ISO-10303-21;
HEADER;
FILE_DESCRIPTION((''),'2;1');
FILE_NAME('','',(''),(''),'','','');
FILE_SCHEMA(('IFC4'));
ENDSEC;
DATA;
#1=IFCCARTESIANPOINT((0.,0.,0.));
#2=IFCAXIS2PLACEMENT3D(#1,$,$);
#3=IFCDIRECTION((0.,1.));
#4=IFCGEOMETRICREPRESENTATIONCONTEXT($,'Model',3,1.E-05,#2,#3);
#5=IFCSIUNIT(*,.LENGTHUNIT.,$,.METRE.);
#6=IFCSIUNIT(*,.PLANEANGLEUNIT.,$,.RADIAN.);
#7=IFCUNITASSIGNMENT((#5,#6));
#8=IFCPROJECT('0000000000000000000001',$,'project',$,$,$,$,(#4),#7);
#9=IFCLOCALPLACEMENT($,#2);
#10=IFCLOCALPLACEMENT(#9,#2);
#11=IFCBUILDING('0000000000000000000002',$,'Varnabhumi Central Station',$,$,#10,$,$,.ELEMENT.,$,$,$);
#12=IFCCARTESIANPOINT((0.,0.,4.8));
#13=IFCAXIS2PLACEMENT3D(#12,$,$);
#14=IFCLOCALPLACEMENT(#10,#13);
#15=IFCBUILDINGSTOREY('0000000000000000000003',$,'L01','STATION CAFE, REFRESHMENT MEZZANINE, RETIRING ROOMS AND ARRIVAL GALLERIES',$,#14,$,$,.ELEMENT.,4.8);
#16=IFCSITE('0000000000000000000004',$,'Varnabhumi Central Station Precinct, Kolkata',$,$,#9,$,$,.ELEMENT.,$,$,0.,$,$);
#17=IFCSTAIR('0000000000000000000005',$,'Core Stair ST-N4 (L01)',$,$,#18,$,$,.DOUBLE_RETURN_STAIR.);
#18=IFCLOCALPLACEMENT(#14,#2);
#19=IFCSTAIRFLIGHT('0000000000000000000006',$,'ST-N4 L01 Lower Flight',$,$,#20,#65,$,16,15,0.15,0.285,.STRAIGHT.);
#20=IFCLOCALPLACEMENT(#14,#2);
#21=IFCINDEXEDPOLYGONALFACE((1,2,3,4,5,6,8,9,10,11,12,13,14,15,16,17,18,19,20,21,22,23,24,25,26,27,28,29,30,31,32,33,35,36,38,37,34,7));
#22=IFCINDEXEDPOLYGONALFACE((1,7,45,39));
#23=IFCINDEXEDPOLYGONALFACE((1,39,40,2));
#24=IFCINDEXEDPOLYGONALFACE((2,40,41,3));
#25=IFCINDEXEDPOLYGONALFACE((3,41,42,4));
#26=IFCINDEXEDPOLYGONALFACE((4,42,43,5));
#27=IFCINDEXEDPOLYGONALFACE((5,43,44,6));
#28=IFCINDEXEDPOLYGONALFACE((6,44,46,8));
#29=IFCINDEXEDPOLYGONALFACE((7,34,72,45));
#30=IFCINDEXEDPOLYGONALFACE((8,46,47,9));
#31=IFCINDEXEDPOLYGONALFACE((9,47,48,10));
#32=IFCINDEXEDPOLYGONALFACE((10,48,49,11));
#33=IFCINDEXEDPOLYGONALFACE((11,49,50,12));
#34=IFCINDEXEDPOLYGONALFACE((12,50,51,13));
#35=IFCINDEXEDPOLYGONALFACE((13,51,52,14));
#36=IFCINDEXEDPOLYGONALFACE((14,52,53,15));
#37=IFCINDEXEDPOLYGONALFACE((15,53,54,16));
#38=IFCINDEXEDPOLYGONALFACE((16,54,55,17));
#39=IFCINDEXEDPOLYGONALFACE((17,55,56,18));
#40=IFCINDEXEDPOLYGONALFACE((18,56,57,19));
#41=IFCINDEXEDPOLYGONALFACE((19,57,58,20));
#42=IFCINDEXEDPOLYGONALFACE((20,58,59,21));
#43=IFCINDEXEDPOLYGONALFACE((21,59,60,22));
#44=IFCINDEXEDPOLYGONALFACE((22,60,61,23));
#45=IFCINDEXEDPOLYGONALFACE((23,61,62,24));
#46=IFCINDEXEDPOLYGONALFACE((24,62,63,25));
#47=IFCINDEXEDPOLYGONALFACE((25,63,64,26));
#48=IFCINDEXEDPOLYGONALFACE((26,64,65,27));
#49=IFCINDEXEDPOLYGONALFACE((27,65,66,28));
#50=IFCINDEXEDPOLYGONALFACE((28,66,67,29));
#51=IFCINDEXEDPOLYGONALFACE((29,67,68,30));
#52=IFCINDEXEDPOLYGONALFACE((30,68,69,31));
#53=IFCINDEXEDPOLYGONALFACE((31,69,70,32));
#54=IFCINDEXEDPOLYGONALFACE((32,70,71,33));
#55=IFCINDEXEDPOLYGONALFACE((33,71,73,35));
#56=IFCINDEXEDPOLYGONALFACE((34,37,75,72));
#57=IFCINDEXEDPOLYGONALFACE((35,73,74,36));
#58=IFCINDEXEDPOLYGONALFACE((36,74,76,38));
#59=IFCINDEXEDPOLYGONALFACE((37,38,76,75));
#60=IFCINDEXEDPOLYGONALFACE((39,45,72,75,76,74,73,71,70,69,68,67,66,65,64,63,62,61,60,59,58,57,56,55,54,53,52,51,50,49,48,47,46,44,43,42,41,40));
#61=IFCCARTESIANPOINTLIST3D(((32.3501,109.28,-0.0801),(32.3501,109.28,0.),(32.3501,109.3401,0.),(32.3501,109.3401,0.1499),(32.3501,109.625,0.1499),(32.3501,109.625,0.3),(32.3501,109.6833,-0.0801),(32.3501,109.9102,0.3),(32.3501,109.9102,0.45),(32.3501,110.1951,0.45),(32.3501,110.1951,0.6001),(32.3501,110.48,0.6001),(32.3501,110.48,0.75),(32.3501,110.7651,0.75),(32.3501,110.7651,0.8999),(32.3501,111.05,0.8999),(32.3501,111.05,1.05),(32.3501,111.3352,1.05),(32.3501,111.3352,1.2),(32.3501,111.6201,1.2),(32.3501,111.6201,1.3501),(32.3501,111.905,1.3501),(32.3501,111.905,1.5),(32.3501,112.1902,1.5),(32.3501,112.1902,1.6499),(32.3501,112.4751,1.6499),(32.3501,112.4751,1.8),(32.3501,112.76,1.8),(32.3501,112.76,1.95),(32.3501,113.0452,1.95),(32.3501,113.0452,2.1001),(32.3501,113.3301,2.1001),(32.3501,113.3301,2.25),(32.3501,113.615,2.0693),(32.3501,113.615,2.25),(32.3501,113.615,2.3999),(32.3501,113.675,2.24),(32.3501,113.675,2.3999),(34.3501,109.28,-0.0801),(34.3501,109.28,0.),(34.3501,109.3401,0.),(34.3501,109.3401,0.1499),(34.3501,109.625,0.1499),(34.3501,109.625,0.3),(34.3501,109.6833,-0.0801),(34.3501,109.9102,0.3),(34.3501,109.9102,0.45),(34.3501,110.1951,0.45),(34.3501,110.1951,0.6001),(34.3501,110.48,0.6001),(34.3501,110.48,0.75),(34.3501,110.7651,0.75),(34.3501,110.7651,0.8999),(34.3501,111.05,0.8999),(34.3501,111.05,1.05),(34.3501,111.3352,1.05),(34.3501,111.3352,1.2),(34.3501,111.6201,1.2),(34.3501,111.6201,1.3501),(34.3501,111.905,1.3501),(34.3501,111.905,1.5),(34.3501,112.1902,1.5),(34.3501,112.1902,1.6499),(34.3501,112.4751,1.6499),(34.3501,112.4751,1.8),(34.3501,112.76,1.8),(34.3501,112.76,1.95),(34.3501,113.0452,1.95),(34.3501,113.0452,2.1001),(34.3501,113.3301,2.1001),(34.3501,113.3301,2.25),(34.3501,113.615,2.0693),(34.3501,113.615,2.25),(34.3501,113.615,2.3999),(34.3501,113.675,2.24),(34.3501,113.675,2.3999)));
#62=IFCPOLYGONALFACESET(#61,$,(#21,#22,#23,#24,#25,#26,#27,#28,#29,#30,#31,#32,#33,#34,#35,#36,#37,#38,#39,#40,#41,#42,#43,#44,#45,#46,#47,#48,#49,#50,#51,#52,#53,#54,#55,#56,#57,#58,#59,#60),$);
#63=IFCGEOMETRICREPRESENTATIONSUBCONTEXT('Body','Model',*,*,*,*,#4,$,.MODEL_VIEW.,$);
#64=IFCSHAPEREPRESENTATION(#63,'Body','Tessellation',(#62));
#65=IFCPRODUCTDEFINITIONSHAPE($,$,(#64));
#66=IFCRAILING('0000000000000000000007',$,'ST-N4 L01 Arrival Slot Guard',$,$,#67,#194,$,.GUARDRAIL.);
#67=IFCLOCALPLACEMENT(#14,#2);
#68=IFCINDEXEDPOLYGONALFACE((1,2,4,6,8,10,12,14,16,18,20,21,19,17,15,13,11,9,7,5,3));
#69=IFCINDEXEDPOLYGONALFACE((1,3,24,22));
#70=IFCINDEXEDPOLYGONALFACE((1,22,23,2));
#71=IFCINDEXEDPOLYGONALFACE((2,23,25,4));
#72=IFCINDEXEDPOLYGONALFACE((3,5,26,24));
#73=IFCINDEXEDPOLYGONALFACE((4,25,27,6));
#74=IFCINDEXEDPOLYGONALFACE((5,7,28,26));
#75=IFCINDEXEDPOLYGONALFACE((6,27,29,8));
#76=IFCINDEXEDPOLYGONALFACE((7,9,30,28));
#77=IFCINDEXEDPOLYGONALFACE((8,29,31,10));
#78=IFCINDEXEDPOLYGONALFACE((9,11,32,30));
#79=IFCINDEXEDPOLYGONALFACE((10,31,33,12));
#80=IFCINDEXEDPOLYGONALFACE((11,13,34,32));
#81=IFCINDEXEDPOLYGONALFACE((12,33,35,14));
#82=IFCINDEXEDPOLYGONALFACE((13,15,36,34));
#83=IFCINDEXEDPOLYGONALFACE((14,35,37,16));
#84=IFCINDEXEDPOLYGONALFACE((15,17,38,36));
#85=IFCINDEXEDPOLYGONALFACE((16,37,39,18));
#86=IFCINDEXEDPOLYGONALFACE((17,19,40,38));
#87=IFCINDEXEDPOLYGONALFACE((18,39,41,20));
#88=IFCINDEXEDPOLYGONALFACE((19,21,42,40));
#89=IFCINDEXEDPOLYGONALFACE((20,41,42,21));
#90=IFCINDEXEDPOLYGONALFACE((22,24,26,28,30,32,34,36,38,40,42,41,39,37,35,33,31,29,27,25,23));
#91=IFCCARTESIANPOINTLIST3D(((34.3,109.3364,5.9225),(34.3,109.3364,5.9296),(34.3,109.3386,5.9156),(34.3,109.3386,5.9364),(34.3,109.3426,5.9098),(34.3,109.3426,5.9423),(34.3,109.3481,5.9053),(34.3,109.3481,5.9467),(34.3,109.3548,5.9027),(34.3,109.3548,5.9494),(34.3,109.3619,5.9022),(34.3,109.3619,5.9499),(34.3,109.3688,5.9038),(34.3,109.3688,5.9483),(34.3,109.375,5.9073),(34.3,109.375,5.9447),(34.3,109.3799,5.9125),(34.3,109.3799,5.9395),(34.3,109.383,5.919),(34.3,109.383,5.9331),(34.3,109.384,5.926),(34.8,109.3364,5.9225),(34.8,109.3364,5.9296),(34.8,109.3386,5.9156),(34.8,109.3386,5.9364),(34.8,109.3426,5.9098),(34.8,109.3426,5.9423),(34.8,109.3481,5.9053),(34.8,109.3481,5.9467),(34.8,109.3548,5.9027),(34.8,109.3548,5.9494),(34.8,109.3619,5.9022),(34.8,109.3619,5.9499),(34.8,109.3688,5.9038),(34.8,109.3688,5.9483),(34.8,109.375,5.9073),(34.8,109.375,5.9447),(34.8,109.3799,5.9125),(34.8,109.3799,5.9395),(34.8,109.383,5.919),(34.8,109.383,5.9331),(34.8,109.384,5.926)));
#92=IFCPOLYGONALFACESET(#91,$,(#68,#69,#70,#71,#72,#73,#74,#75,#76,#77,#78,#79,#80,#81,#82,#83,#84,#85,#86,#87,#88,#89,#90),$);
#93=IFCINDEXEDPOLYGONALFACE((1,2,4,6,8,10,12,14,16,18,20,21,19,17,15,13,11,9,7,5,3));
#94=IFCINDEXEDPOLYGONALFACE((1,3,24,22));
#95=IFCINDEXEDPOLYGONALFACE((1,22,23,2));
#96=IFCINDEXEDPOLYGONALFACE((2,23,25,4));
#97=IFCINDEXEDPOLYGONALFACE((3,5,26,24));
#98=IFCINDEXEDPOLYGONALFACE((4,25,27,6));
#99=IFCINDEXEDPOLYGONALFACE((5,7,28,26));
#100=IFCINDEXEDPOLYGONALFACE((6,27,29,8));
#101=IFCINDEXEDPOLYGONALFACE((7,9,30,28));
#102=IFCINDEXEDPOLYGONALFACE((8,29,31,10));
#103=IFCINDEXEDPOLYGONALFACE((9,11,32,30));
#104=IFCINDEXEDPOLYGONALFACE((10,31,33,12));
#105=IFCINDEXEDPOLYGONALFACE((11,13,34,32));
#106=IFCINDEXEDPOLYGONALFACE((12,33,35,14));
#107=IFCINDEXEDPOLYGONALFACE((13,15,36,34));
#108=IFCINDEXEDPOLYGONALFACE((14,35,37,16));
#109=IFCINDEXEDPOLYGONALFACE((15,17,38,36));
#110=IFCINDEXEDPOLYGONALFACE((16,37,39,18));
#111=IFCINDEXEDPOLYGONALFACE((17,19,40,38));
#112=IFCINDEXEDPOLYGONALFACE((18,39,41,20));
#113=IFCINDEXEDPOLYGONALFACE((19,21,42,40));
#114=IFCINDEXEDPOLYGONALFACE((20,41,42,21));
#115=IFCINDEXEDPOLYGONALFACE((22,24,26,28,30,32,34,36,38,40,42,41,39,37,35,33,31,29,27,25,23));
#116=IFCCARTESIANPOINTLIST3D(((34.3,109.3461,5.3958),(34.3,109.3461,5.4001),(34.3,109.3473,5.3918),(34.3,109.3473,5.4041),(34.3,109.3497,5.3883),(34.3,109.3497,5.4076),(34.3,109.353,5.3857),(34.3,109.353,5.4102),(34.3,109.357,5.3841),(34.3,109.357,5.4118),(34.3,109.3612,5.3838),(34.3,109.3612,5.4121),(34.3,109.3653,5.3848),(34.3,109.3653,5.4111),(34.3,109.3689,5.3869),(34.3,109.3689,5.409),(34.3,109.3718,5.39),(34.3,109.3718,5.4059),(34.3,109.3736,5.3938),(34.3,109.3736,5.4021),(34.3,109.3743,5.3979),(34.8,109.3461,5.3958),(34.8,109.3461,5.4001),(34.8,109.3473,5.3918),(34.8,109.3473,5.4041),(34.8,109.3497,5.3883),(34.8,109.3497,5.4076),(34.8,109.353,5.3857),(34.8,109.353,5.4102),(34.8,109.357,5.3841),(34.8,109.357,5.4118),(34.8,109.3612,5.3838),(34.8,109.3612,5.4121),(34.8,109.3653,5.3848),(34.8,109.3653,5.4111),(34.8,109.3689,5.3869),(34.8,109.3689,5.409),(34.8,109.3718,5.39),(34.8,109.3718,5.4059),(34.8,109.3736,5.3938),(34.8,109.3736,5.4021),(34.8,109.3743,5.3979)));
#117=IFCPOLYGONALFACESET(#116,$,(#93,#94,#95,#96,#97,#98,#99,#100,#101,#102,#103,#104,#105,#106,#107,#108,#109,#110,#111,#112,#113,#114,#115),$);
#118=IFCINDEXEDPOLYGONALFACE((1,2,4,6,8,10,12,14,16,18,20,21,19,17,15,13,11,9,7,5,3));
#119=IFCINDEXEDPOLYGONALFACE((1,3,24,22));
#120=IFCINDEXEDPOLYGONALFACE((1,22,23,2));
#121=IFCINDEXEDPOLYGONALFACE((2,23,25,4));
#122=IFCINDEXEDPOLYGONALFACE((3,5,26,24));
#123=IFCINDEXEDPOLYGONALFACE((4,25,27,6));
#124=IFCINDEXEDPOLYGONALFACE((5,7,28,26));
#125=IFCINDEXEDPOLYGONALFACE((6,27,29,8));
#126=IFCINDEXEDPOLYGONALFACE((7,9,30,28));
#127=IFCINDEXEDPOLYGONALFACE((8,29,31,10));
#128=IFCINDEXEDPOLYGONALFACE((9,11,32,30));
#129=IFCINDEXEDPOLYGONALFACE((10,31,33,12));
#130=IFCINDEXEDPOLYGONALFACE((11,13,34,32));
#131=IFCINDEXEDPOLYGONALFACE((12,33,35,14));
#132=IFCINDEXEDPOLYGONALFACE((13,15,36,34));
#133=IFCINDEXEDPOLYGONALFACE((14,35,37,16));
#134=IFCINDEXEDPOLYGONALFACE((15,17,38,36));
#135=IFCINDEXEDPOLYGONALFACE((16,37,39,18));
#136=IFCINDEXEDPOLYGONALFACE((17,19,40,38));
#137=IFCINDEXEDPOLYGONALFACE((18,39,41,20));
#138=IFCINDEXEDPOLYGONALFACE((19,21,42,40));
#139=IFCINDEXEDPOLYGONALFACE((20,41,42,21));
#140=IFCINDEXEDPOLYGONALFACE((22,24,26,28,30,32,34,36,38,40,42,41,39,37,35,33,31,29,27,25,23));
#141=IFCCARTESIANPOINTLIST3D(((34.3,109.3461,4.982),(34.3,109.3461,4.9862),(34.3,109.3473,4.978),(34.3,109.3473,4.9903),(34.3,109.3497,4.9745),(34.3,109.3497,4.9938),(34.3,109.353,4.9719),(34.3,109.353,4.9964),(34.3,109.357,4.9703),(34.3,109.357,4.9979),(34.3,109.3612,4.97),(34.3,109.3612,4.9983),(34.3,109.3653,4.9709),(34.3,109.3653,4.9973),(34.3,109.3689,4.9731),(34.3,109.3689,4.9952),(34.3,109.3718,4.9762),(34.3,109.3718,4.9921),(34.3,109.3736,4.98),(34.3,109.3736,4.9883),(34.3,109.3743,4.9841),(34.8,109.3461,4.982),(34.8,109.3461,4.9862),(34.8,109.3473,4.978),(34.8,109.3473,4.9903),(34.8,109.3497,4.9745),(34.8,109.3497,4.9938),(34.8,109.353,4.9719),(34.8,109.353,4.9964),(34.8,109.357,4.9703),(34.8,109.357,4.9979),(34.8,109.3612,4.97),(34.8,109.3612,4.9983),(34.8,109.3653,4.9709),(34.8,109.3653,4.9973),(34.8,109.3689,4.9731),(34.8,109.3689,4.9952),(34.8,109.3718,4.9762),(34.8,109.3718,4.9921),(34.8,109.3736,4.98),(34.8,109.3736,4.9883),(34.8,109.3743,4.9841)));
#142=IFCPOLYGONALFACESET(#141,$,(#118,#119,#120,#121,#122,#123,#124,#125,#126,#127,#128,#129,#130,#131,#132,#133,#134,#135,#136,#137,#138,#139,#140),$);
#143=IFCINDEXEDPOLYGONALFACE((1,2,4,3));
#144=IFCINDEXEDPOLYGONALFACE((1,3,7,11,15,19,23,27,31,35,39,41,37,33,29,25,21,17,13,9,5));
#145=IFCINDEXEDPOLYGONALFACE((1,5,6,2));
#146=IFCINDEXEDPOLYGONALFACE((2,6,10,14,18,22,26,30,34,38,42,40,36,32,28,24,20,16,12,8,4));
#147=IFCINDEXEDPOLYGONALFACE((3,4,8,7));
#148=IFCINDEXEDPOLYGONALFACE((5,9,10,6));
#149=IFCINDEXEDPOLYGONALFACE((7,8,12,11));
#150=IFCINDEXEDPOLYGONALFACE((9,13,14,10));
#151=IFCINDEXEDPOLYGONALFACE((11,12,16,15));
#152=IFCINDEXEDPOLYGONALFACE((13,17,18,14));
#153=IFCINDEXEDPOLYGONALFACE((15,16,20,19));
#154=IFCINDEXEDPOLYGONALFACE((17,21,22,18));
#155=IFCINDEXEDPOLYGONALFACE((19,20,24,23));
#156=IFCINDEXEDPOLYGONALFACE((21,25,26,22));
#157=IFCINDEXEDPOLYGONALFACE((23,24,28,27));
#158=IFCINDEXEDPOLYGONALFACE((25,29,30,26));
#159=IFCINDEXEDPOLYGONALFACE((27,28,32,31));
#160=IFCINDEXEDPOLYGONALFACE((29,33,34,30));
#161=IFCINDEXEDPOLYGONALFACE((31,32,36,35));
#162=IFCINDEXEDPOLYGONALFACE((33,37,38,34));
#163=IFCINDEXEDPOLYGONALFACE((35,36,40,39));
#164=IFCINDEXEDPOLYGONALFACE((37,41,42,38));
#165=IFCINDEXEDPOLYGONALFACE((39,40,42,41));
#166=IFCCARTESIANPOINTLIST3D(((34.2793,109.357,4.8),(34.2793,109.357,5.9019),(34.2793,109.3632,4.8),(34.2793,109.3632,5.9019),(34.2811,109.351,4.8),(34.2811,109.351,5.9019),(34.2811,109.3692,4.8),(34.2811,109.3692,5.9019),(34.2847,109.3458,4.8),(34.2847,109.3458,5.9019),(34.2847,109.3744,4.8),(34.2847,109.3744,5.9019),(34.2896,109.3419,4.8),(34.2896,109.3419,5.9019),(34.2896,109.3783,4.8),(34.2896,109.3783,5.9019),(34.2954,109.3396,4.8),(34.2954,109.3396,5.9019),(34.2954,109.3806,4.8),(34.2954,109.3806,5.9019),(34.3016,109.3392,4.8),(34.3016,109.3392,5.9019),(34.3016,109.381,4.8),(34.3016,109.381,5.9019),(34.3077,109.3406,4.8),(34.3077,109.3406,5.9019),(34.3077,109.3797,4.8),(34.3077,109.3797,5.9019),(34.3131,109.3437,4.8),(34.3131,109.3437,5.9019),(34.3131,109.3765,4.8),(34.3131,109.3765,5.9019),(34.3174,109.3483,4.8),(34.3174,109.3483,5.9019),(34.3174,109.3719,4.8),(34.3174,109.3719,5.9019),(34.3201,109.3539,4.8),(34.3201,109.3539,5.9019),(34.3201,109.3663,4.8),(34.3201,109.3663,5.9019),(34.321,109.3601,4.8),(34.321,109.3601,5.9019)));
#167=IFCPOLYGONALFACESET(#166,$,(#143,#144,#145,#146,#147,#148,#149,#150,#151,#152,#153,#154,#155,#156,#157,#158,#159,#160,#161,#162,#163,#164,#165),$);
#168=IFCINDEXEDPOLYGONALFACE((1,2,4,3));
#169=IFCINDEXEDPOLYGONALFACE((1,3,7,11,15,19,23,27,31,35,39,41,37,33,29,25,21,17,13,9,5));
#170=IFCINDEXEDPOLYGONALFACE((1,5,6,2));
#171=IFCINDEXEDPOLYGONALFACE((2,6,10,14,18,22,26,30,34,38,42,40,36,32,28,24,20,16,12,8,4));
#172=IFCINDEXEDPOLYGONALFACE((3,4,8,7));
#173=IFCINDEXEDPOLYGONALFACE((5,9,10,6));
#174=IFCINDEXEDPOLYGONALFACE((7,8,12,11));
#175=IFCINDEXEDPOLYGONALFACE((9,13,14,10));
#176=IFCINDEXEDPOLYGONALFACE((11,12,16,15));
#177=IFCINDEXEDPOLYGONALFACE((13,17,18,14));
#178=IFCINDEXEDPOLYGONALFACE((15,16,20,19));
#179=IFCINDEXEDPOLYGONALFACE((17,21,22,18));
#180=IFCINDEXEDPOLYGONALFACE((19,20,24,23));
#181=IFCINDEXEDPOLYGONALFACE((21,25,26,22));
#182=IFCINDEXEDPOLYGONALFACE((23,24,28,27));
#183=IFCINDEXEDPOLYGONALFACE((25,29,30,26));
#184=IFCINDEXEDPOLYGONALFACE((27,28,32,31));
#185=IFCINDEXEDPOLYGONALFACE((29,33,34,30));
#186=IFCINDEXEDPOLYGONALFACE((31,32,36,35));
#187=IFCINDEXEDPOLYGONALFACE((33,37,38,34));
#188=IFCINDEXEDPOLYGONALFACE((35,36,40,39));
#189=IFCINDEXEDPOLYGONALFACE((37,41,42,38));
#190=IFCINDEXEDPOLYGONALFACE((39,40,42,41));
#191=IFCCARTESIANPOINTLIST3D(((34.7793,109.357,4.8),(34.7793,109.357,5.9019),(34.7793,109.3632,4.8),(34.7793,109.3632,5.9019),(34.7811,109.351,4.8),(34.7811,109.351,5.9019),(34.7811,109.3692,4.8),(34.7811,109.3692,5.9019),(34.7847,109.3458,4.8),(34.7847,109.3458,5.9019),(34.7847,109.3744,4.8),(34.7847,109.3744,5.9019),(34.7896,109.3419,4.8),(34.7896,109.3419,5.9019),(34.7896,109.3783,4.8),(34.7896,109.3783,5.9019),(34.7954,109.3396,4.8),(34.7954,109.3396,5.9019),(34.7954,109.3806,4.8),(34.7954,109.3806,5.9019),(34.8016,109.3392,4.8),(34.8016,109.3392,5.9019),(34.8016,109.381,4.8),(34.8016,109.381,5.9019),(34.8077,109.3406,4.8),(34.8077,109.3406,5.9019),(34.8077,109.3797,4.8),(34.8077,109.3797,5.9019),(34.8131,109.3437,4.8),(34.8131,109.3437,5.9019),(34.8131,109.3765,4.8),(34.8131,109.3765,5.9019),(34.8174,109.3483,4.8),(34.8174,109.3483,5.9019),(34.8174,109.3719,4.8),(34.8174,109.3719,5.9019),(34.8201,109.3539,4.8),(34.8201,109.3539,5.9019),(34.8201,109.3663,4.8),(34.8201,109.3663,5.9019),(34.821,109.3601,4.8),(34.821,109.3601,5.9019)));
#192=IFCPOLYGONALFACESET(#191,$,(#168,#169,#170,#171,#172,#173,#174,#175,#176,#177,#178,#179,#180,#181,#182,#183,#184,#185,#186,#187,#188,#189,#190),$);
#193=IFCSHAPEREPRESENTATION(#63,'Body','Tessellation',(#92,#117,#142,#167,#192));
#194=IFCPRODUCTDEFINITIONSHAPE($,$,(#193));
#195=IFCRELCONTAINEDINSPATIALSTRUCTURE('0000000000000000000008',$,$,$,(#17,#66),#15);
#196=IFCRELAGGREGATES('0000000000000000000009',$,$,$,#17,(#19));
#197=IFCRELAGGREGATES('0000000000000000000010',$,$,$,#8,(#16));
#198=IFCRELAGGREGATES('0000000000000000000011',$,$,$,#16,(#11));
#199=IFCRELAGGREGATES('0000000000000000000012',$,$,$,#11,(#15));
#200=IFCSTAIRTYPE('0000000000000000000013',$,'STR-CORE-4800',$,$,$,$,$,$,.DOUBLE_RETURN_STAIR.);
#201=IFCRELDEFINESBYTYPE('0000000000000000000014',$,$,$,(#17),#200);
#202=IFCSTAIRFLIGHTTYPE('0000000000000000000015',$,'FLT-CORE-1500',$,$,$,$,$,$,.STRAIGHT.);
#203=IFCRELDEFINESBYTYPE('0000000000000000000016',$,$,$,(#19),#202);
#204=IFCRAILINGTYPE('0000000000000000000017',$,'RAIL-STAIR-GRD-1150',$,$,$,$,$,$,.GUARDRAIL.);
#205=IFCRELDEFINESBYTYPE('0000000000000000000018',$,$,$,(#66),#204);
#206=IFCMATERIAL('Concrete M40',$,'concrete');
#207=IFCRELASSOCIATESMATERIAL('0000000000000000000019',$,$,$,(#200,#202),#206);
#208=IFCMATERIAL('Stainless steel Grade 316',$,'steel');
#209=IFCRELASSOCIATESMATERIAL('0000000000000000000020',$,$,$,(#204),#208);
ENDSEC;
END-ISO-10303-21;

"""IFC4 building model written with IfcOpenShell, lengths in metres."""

from ifc_helpers import new_model, si_unit, direction, frame, origin, origin_2d, place, context, subcontext, project, spatial, polyline, circle, outline, extrude, material, type_object, element, aggregate, save


model = new_model("IFC4")

# Units and contexts
model_context = context("Model", 3, precision=1e-05, world=origin(), true_north=direction((0.0, 1.0)))
body_context = subcontext(model_context, "Body", "Model", "MODEL_VIEW")
ifc_project = project(units=[si_unit("LENGTHUNIT", "METRE"), si_unit("PLANEANGLEUNIT", "RADIAN")], contexts=[model_context])

# Site, building, storey
site_placement = place(None, origin())
site = spatial("IfcSite", under=ifc_project, at=site_placement, Name="Varnabhumi Central Station Precinct, Kolkata", CompositionType="ELEMENT", RefElevation=0.0)
building_placement = place(site_placement, origin())
building = spatial("IfcBuilding", under=site, at=building_placement, Name="Varnabhumi Central Station", CompositionType="ELEMENT")
storey_placement = place(building_placement, frame((0.0, 0.0, 4.8)))
storey = spatial("IfcBuildingStorey", under=building, at=storey_placement, Name="L01", Description="STATION CAFE, REFRESHMENT MEZZANINE, RETIRING ROOMS AND ARRIVAL GALLERIES", CompositionType="ELEMENT", Elevation=4.8)

# Shared definitions
ifc_material_1 = material(Name="Concrete M40", Category="concrete")

# Shared definitions
ifc_material_2 = material(Name="Stainless steel Grade 316", Category="steel")

# Stair, stair flight
stair_type = type_object("IfcStairType", Name="STR-CORE-4800", PredefinedType="DOUBLE_RETURN_STAIR", material=ifc_material_1)
stair_placement = place(storey_placement, origin())
stair = element("IfcStair", 1, at=stair_placement, inside=storey, type_object=stair_type, Name="Core Stair ST-N4 (L01)", PredefinedType="DOUBLE_RETURN_STAIR")
stair_flight_type = type_object("IfcStairFlightType", Name="FLT-CORE-1500", PredefinedType="STRAIGHT", material=ifc_material_1)
stair_flight_placement = place(storey_placement, frame((33.3501, 109.3401, 0.0), z_axis=(0.0, 0.0, 1.0), x_axis=(0.0, 1.0, 0.0)))
stair_flight = element("IfcStairFlight", 2, at=stair_flight_placement, type_object=stair_flight_type, Name="ST-N4 L01 Lower Flight", NumberOfRisers=16, NumberOfTreads=15, PredefinedType="STRAIGHT", RiserHeight=0.15, TreadLength=0.285, context=body_context, shape_type="SweptSolid", body=[
    extrude(outline(polyline([(-0.0601, -0.0801), (-0.0601, 0.0), (0.0, 0.0), (0.0, 0.1499), (0.2849, 0.1499), (0.2849, 0.3), (0.5701, 0.3), (0.5701, 0.45), (0.855, 0.45), (0.855, 0.6001), (1.1399, 0.6001), (1.1399, 0.75), (1.425, 0.75), (1.425, 0.8999), (1.71, 0.8999), (1.71, 1.05), (1.9951, 1.05), (1.9951, 1.2), (2.28, 1.2), (2.28, 1.3501), (2.5649, 1.3501), (2.5649, 1.5), (2.8501, 1.5), (2.8501, 1.6499), (3.135, 1.6499), (3.135, 1.8), (3.4199, 1.8), (3.4199, 1.95), (3.7051, 1.95), (3.7051, 2.1001), (3.99, 2.1001), (3.99, 2.25), (4.2749, 2.25), (4.2749, 2.3999), (4.335, 2.3999), (4.335, 2.24), (4.2749, 2.0693), (0.3433, -0.0801), (-0.0601, -0.0801)])), frame((0.0, 1.0, 0.0), z_axis=(0.0, -1.0, 0.0), x_axis=(1.0, 0.0, 0.0)), (0.0, 0.0, 1.0), 2.0),
])
aggregate(stair, [stair_flight])

# Railing
railing_type_1 = type_object("IfcRailingType", Name="RAIL-STAIR-GRD-1150", PredefinedType="GUARDRAIL", material=ifc_material_2)
railing_1_placement = place(storey_placement, frame((34.3, 109.3601, 4.8)))
element("IfcRailing", 3, at=railing_1_placement, inside=storey, type_object=railing_type_1, Name="ST-N4 L01 Arrival Slot Guard", PredefinedType="GUARDRAIL", context=body_context, shape_type="SweptSolid", body=[
    extrude(circle(Radius=0.0239, at=origin_2d()), frame((0.0, 0.0, 1.126), z_axis=(1.0, 0.0, 0.0), x_axis=(0.0, 1.0, 0.0)), (0.0, 0.0, 1.0), 0.5),
    extrude(circle(Radius=0.0142, at=origin_2d()), frame((0.0, 0.0, 0.5979), z_axis=(1.0, 0.0, 0.0), x_axis=(0.0, 1.0, 0.0)), (0.0, 0.0, 1.0), 0.5),
    extrude(circle(Radius=0.0142, at=origin_2d()), frame((0.0, 0.0, 0.1841), z_axis=(1.0, 0.0, 0.0), x_axis=(0.0, 1.0, 0.0)), (0.0, 0.0, 1.0), 0.5),
    extrude(circle(Radius=0.021, at=origin_2d()), origin(), (0.0, 0.0, 1.0), 1.1018),
    extrude(circle(Radius=0.021, at=origin_2d()), frame((0.5, 0.0, 0.0)), (0.0, 0.0, 1.0), 1.1018),
])

save(model, "model.ifc")
